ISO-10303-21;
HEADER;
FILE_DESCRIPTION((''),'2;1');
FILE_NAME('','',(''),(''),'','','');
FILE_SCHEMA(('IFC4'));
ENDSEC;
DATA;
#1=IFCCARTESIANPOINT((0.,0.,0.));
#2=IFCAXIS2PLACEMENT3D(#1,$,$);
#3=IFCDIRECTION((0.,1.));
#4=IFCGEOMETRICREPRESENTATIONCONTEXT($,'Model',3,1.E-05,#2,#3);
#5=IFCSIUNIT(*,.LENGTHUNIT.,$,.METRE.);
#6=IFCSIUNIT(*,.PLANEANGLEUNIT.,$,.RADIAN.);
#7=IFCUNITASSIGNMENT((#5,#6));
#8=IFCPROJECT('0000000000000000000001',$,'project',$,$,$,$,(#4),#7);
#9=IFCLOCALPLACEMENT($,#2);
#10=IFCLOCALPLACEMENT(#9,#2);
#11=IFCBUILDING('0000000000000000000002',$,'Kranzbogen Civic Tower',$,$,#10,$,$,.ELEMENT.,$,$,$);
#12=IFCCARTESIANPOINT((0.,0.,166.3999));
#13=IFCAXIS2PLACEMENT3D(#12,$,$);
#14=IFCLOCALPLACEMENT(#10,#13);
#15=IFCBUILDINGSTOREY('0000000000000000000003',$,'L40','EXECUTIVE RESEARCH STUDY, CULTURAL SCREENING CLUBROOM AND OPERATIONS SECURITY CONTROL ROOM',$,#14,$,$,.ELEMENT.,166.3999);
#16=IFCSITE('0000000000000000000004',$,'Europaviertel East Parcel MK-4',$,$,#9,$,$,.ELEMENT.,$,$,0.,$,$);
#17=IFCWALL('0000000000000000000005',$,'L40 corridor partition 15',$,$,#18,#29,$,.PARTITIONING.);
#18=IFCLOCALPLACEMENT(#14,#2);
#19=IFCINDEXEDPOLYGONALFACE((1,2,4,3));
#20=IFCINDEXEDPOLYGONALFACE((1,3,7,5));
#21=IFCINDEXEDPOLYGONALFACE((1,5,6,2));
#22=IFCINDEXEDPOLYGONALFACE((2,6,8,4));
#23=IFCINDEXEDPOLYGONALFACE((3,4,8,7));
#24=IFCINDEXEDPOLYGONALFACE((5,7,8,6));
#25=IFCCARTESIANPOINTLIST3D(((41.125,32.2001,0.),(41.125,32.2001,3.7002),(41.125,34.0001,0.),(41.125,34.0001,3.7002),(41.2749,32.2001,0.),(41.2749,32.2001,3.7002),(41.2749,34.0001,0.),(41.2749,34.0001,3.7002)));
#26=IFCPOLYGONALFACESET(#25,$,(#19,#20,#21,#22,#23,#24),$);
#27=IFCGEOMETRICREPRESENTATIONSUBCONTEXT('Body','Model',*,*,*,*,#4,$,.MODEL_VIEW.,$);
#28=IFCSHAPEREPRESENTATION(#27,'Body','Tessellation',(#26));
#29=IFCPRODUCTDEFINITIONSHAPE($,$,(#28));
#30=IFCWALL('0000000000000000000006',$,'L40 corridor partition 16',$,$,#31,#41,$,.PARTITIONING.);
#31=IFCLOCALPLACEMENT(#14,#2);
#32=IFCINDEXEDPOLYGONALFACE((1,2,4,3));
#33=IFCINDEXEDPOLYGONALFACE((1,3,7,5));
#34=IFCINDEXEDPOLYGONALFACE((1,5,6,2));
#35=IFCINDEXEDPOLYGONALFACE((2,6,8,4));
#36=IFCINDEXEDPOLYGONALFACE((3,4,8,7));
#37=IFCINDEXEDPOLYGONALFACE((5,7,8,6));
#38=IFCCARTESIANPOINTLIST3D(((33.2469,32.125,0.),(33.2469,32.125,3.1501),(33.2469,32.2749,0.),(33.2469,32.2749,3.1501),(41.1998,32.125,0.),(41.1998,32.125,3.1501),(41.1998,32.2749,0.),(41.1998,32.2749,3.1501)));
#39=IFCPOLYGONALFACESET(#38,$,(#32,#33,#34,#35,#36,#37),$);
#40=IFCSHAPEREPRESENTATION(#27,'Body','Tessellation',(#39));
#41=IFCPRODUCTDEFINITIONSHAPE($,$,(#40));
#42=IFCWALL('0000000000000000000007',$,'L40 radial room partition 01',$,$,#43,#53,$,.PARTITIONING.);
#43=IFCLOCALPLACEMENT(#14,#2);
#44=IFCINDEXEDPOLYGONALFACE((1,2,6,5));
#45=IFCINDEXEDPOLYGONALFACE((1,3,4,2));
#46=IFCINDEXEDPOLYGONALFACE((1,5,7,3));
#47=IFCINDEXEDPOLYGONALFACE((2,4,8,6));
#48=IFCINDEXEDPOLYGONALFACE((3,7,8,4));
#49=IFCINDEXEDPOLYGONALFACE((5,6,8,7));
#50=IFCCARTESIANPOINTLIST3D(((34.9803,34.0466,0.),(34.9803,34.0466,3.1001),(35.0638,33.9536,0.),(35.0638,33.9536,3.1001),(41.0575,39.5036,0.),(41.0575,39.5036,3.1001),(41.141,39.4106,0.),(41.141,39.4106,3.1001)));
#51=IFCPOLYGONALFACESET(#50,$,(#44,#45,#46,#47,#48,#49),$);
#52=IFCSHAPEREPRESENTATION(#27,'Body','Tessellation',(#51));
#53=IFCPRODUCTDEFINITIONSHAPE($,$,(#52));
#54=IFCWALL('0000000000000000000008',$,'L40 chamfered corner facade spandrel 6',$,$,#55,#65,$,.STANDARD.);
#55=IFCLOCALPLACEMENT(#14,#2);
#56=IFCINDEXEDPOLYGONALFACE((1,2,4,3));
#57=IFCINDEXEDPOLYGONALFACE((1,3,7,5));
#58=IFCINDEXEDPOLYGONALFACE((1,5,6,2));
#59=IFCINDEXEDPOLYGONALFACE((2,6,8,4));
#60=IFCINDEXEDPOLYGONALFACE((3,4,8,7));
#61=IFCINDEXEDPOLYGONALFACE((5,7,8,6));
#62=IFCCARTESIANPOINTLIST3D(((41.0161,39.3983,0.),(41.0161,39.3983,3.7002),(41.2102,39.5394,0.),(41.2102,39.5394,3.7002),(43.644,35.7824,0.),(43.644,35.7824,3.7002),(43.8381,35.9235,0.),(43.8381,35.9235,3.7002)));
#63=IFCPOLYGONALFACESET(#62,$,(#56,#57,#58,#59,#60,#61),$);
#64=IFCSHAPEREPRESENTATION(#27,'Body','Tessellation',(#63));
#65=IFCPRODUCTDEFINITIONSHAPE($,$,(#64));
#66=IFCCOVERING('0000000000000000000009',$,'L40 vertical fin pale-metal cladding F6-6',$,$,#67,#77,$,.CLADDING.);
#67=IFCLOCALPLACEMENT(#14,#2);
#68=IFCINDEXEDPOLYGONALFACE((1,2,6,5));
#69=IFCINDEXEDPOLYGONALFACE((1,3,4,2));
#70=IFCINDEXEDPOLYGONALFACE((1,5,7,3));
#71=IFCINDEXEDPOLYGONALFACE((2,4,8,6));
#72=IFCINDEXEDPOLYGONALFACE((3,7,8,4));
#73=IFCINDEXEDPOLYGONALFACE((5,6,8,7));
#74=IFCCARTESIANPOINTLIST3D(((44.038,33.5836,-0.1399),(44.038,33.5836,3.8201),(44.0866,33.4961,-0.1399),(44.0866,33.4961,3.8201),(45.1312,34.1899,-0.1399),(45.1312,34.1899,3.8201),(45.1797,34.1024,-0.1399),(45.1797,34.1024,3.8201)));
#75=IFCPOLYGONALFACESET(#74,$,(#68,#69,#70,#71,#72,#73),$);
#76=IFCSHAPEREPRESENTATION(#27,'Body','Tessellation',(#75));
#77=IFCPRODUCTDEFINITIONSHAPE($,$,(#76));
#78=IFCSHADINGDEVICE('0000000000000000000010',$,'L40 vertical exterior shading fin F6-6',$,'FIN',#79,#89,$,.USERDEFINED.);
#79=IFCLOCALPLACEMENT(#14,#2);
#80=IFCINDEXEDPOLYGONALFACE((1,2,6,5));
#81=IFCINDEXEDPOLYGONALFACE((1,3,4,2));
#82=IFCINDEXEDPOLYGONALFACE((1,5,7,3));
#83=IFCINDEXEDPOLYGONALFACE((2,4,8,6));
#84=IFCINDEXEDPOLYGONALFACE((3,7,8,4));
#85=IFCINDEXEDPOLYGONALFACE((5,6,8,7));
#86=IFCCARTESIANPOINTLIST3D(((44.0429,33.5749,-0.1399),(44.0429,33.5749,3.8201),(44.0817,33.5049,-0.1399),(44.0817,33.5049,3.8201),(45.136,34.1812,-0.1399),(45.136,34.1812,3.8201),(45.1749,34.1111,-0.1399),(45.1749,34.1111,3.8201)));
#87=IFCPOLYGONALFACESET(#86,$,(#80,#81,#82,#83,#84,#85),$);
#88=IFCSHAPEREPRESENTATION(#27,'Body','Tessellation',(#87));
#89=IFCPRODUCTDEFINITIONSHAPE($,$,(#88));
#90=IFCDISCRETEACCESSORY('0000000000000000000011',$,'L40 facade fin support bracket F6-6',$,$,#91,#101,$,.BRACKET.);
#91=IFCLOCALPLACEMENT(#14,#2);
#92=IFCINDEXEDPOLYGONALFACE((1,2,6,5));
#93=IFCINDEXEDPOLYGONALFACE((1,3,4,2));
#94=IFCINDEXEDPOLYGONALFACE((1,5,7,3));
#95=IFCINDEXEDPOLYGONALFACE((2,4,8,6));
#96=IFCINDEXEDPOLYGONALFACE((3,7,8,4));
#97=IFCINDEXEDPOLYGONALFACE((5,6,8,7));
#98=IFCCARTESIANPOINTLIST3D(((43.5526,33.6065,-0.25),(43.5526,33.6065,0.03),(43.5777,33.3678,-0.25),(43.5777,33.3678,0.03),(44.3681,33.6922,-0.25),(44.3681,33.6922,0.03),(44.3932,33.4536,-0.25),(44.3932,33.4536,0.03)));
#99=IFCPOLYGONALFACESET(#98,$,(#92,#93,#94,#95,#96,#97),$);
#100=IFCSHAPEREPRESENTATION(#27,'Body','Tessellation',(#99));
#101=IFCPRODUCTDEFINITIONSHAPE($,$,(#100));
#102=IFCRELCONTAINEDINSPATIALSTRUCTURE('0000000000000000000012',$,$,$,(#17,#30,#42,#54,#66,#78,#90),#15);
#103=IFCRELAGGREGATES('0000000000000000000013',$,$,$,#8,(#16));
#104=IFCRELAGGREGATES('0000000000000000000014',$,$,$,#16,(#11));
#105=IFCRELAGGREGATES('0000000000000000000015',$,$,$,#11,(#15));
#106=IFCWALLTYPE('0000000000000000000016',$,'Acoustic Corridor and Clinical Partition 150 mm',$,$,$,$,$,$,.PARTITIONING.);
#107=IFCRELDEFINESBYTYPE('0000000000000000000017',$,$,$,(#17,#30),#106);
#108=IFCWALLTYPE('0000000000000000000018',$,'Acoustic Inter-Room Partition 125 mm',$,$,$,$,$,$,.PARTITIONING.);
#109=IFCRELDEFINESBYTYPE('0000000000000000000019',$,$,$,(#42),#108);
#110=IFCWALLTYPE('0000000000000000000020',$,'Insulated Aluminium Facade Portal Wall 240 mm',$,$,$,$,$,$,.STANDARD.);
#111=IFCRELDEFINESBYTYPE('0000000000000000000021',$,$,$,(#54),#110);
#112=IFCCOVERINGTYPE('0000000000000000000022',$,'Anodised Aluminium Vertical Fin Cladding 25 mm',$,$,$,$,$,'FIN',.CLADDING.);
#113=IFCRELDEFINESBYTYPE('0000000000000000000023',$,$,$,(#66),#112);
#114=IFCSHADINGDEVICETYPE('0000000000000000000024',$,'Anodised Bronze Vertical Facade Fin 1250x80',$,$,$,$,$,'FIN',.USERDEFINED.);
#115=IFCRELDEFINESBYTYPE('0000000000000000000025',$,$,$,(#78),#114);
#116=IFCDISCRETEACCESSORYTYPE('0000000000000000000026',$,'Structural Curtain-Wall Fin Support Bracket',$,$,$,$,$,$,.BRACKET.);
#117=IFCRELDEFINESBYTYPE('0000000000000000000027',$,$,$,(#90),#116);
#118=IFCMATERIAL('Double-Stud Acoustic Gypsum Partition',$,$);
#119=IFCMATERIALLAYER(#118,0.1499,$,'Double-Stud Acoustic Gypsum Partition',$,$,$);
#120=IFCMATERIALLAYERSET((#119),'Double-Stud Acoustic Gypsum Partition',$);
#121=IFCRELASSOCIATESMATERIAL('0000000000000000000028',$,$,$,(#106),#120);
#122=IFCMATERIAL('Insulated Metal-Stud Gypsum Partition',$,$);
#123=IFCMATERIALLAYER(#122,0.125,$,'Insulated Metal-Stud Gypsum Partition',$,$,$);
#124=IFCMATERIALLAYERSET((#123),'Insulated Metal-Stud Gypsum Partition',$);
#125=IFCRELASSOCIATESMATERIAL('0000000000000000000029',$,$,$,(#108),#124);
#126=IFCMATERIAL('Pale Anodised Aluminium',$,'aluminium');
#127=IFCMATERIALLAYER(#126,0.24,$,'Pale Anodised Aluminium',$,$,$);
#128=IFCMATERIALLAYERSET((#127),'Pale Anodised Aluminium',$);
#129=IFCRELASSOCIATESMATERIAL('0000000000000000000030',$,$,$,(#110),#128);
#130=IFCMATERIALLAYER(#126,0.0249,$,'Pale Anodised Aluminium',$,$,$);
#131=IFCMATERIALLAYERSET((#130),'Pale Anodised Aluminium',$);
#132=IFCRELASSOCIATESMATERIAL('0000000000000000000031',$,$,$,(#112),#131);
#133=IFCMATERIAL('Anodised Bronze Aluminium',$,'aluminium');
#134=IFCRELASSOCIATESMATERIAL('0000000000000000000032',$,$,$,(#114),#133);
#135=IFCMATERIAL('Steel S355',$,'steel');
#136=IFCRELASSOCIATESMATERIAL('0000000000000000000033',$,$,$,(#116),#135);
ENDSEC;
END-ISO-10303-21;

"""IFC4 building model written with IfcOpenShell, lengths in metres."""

from ifc_helpers import new_model, si_unit, direction, frame, frame_2d, origin, origin_2d, place, context, subcontext, project, spatial, rectangle, extrude, material, layer, layer_set, type_object, element, save


model = new_model("IFC4")

# Units and contexts
model_context = context("Model", 3, precision=1e-05, world=origin(), true_north=direction((0.0, 1.0)))
body_context = subcontext(model_context, "Body", "Model", "MODEL_VIEW")
ifc_project = project(units=[si_unit("LENGTHUNIT", "METRE"), si_unit("PLANEANGLEUNIT", "RADIAN")], contexts=[model_context])

# Site, building, storey
site_placement = place(None, origin())
site = spatial("IfcSite", under=ifc_project, at=site_placement, Name="Europaviertel East Parcel MK-4", CompositionType="ELEMENT", RefElevation=0.0)
building_placement = place(site_placement, origin())
building = spatial("IfcBuilding", under=site, at=building_placement, Name="Kranzbogen Civic Tower", CompositionType="ELEMENT")
storey_placement = place(building_placement, frame((0.0, 0.0, 166.3999)))
storey = spatial("IfcBuildingStorey", under=building, at=storey_placement, Name="L40", Description="EXECUTIVE RESEARCH STUDY, CULTURAL SCREENING CLUBROOM AND OPERATIONS SECURITY CONTROL ROOM", CompositionType="ELEMENT", Elevation=166.3999)

# Shared definitions
ifc_material_1 = material(Name="Steel S355", Category="steel")

# Shared definitions
ifc_material_2 = material(Name="Pale Anodised Aluminium", Category="aluminium")

# Walls
ifc_material_3 = material(Name="Double-Stud Acoustic Gypsum Partition")
ifc_layer_1 = layer(ifc_material_3, 0.1499, Name="Double-Stud Acoustic Gypsum Partition")
ifc_layer_set_1 = layer_set([ifc_layer_1], Name="Double-Stud Acoustic Gypsum Partition")
wall_type_1 = type_object("IfcWallType", Name="Acoustic Corridor and Clinical Partition 150 mm", PredefinedType="PARTITIONING", material=ifc_layer_set_1)
wall_1_placement = place(storey_placement, frame((41.2, 34.0, 0.0), z_axis=(0.0, 0.0, 1.0), x_axis=(0.0, -1.0, 0.0)))
element("IfcWall", 1, at=wall_1_placement, inside=storey, type_object=wall_type_1, Name="L40 corridor partition 15", PredefinedType="PARTITIONING", context=body_context, shape_type="SweptSolid", body=[
    extrude(rectangle(XDim=1.8, YDim=0.1499, at=frame_2d((0.8999, 0.0))), origin(), (0.0, 0.0, 1.0), 3.7002),
])
wall_2_placement = place(storey_placement, frame((41.2, 32.2, 0.0), z_axis=(0.0, 0.0, 1.0), x_axis=(-1.0, 0.0, 0.0)))
element("IfcWall", 2, at=wall_2_placement, inside=storey, type_object=wall_type_1, Name="L40 corridor partition 16", PredefinedType="PARTITIONING", context=body_context, shape_type="SweptSolid", body=[
    extrude(rectangle(XDim=7.9529, YDim=0.1499, at=frame_2d((3.9766, 0.0))), origin(), (0.0, 0.0, 1.0), 3.1501),
])
ifc_material_4 = material(Name="Insulated Metal-Stud Gypsum Partition")
ifc_layer_2 = layer(ifc_material_4, 0.125, Name="Insulated Metal-Stud Gypsum Partition")
ifc_layer_set_2 = layer_set([ifc_layer_2], Name="Insulated Metal-Stud Gypsum Partition")
wall_type_2 = type_object("IfcWallType", Name="Acoustic Inter-Room Partition 125 mm", PredefinedType="PARTITIONING", material=ifc_layer_set_2)
wall_3_placement = place(storey_placement, frame((35.022, 34.0, 0.0), z_axis=(0.0, 0.0, 1.0), x_axis=(0.744049, 0.668125, 0.0)))
element("IfcWall", 3, at=wall_3_placement, inside=storey, type_object=wall_type_2, Name="L40 radial room partition 01", PredefinedType="PARTITIONING", context=body_context, shape_type="SweptSolid", body=[
    extrude(rectangle(XDim=8.1677, YDim=0.125, at=frame_2d((4.084, 0.0))), origin(), (0.0, 0.0, 1.0), 3.1001),
])
ifc_layer_3 = layer(ifc_material_2, 0.24, Name="Pale Anodised Aluminium")
ifc_layer_set_3 = layer_set([ifc_layer_3], Name="Pale Anodised Aluminium")
wall_type_3 = type_object("IfcWallType", Name="Insulated Aluminium Facade Portal Wall 240 mm", PredefinedType="STANDARD", material=ifc_layer_set_3)
wall_4_placement = place(storey_placement, frame((43.741, 35.853, 0.0), z_axis=(0.0, 0.0, 1.0), x_axis=(-0.587899, 0.808934, 0.0)))
element("IfcWall", 4, at=wall_4_placement, inside=storey, type_object=wall_type_3, Name="L40 chamfered corner facade spandrel 6", PredefinedType="STANDARD", context=body_context, shape_type="SweptSolid", body=[
    extrude(rectangle(XDim=4.47, YDim=0.24, at=frame_2d((2.2349, 0.0))), origin(), (0.0, 0.0, 1.0), 3.7002),
])

# Covering
ifc_layer_4 = layer(ifc_material_2, 0.0249, Name="Pale Anodised Aluminium")
ifc_layer_set_4 = layer_set([ifc_layer_4], Name="Pale Anodised Aluminium")
covering_type = type_object("IfcCoveringType", Name="Anodised Aluminium Vertical Fin Cladding 25 mm", ElementType="FIN", PredefinedType="CLADDING", material=ifc_layer_set_4)
covering_placement = place(storey_placement, frame((44.6089, 33.843, -0.1399), z_axis=(0.0, 0.0, 1.0), x_axis=(0.874501, 0.485023, 0.0)))
element("IfcCovering", 5, at=covering_placement, inside=storey, type_object=covering_type, Name="L40 vertical fin pale-metal cladding F6-6", PredefinedType="CLADDING", context=body_context, shape_type="SweptSolid", body=[
    extrude(rectangle(XDim=1.25, YDim=0.1001, at=origin_2d()), origin(), (0.0, 0.0, 1.0), 3.96),
])

# Shading device
ifc_material_5 = material(Name="Anodised Bronze Aluminium", Category="aluminium")
shading_device_type = type_object("IfcShadingDeviceType", Name="Anodised Bronze Vertical Facade Fin 1250x80", ElementType="FIN", PredefinedType="USERDEFINED", material=ifc_material_5)
shading_device_placement = place(storey_placement, frame((44.6089, 33.843, -0.1399), z_axis=(0.0, 0.0, 1.0), x_axis=(0.874501, 0.485023, 0.0)))
element("IfcShadingDevice", 6, at=shading_device_placement, inside=storey, type_object=shading_device_type, Name="L40 vertical exterior shading fin F6-6", ObjectType="FIN", PredefinedType="USERDEFINED", context=body_context, shape_type="SweptSolid", body=[
    extrude(rectangle(XDim=1.25, YDim=0.0801, at=origin_2d()), origin(), (0.0, 0.0, 1.0), 3.96),
])

# Discrete accessory
discrete_accessory_type = type_object("IfcDiscreteAccessoryType", Name="Structural Curtain-Wall Fin Support Bracket", PredefinedType="BRACKET", material=ifc_material_1)
discrete_accessory_placement = place(storey_placement, frame((43.9729, 33.53, -0.25), z_axis=(0.0, 0.0, 1.0), x_axis=(0.994522, 0.104528, 0.0)))
element("IfcDiscreteAccessory", 7, at=discrete_accessory_placement, inside=storey, type_object=discrete_accessory_type, Name="L40 facade fin support bracket F6-6", PredefinedType="BRACKET", context=body_context, shape_type="SweptSolid", body=[
    extrude(rectangle(XDim=0.8201, YDim=0.24, at=origin_2d()), origin(), (0.0, 0.0, 1.0), 0.28),
])

save(model, "model.ifc")
